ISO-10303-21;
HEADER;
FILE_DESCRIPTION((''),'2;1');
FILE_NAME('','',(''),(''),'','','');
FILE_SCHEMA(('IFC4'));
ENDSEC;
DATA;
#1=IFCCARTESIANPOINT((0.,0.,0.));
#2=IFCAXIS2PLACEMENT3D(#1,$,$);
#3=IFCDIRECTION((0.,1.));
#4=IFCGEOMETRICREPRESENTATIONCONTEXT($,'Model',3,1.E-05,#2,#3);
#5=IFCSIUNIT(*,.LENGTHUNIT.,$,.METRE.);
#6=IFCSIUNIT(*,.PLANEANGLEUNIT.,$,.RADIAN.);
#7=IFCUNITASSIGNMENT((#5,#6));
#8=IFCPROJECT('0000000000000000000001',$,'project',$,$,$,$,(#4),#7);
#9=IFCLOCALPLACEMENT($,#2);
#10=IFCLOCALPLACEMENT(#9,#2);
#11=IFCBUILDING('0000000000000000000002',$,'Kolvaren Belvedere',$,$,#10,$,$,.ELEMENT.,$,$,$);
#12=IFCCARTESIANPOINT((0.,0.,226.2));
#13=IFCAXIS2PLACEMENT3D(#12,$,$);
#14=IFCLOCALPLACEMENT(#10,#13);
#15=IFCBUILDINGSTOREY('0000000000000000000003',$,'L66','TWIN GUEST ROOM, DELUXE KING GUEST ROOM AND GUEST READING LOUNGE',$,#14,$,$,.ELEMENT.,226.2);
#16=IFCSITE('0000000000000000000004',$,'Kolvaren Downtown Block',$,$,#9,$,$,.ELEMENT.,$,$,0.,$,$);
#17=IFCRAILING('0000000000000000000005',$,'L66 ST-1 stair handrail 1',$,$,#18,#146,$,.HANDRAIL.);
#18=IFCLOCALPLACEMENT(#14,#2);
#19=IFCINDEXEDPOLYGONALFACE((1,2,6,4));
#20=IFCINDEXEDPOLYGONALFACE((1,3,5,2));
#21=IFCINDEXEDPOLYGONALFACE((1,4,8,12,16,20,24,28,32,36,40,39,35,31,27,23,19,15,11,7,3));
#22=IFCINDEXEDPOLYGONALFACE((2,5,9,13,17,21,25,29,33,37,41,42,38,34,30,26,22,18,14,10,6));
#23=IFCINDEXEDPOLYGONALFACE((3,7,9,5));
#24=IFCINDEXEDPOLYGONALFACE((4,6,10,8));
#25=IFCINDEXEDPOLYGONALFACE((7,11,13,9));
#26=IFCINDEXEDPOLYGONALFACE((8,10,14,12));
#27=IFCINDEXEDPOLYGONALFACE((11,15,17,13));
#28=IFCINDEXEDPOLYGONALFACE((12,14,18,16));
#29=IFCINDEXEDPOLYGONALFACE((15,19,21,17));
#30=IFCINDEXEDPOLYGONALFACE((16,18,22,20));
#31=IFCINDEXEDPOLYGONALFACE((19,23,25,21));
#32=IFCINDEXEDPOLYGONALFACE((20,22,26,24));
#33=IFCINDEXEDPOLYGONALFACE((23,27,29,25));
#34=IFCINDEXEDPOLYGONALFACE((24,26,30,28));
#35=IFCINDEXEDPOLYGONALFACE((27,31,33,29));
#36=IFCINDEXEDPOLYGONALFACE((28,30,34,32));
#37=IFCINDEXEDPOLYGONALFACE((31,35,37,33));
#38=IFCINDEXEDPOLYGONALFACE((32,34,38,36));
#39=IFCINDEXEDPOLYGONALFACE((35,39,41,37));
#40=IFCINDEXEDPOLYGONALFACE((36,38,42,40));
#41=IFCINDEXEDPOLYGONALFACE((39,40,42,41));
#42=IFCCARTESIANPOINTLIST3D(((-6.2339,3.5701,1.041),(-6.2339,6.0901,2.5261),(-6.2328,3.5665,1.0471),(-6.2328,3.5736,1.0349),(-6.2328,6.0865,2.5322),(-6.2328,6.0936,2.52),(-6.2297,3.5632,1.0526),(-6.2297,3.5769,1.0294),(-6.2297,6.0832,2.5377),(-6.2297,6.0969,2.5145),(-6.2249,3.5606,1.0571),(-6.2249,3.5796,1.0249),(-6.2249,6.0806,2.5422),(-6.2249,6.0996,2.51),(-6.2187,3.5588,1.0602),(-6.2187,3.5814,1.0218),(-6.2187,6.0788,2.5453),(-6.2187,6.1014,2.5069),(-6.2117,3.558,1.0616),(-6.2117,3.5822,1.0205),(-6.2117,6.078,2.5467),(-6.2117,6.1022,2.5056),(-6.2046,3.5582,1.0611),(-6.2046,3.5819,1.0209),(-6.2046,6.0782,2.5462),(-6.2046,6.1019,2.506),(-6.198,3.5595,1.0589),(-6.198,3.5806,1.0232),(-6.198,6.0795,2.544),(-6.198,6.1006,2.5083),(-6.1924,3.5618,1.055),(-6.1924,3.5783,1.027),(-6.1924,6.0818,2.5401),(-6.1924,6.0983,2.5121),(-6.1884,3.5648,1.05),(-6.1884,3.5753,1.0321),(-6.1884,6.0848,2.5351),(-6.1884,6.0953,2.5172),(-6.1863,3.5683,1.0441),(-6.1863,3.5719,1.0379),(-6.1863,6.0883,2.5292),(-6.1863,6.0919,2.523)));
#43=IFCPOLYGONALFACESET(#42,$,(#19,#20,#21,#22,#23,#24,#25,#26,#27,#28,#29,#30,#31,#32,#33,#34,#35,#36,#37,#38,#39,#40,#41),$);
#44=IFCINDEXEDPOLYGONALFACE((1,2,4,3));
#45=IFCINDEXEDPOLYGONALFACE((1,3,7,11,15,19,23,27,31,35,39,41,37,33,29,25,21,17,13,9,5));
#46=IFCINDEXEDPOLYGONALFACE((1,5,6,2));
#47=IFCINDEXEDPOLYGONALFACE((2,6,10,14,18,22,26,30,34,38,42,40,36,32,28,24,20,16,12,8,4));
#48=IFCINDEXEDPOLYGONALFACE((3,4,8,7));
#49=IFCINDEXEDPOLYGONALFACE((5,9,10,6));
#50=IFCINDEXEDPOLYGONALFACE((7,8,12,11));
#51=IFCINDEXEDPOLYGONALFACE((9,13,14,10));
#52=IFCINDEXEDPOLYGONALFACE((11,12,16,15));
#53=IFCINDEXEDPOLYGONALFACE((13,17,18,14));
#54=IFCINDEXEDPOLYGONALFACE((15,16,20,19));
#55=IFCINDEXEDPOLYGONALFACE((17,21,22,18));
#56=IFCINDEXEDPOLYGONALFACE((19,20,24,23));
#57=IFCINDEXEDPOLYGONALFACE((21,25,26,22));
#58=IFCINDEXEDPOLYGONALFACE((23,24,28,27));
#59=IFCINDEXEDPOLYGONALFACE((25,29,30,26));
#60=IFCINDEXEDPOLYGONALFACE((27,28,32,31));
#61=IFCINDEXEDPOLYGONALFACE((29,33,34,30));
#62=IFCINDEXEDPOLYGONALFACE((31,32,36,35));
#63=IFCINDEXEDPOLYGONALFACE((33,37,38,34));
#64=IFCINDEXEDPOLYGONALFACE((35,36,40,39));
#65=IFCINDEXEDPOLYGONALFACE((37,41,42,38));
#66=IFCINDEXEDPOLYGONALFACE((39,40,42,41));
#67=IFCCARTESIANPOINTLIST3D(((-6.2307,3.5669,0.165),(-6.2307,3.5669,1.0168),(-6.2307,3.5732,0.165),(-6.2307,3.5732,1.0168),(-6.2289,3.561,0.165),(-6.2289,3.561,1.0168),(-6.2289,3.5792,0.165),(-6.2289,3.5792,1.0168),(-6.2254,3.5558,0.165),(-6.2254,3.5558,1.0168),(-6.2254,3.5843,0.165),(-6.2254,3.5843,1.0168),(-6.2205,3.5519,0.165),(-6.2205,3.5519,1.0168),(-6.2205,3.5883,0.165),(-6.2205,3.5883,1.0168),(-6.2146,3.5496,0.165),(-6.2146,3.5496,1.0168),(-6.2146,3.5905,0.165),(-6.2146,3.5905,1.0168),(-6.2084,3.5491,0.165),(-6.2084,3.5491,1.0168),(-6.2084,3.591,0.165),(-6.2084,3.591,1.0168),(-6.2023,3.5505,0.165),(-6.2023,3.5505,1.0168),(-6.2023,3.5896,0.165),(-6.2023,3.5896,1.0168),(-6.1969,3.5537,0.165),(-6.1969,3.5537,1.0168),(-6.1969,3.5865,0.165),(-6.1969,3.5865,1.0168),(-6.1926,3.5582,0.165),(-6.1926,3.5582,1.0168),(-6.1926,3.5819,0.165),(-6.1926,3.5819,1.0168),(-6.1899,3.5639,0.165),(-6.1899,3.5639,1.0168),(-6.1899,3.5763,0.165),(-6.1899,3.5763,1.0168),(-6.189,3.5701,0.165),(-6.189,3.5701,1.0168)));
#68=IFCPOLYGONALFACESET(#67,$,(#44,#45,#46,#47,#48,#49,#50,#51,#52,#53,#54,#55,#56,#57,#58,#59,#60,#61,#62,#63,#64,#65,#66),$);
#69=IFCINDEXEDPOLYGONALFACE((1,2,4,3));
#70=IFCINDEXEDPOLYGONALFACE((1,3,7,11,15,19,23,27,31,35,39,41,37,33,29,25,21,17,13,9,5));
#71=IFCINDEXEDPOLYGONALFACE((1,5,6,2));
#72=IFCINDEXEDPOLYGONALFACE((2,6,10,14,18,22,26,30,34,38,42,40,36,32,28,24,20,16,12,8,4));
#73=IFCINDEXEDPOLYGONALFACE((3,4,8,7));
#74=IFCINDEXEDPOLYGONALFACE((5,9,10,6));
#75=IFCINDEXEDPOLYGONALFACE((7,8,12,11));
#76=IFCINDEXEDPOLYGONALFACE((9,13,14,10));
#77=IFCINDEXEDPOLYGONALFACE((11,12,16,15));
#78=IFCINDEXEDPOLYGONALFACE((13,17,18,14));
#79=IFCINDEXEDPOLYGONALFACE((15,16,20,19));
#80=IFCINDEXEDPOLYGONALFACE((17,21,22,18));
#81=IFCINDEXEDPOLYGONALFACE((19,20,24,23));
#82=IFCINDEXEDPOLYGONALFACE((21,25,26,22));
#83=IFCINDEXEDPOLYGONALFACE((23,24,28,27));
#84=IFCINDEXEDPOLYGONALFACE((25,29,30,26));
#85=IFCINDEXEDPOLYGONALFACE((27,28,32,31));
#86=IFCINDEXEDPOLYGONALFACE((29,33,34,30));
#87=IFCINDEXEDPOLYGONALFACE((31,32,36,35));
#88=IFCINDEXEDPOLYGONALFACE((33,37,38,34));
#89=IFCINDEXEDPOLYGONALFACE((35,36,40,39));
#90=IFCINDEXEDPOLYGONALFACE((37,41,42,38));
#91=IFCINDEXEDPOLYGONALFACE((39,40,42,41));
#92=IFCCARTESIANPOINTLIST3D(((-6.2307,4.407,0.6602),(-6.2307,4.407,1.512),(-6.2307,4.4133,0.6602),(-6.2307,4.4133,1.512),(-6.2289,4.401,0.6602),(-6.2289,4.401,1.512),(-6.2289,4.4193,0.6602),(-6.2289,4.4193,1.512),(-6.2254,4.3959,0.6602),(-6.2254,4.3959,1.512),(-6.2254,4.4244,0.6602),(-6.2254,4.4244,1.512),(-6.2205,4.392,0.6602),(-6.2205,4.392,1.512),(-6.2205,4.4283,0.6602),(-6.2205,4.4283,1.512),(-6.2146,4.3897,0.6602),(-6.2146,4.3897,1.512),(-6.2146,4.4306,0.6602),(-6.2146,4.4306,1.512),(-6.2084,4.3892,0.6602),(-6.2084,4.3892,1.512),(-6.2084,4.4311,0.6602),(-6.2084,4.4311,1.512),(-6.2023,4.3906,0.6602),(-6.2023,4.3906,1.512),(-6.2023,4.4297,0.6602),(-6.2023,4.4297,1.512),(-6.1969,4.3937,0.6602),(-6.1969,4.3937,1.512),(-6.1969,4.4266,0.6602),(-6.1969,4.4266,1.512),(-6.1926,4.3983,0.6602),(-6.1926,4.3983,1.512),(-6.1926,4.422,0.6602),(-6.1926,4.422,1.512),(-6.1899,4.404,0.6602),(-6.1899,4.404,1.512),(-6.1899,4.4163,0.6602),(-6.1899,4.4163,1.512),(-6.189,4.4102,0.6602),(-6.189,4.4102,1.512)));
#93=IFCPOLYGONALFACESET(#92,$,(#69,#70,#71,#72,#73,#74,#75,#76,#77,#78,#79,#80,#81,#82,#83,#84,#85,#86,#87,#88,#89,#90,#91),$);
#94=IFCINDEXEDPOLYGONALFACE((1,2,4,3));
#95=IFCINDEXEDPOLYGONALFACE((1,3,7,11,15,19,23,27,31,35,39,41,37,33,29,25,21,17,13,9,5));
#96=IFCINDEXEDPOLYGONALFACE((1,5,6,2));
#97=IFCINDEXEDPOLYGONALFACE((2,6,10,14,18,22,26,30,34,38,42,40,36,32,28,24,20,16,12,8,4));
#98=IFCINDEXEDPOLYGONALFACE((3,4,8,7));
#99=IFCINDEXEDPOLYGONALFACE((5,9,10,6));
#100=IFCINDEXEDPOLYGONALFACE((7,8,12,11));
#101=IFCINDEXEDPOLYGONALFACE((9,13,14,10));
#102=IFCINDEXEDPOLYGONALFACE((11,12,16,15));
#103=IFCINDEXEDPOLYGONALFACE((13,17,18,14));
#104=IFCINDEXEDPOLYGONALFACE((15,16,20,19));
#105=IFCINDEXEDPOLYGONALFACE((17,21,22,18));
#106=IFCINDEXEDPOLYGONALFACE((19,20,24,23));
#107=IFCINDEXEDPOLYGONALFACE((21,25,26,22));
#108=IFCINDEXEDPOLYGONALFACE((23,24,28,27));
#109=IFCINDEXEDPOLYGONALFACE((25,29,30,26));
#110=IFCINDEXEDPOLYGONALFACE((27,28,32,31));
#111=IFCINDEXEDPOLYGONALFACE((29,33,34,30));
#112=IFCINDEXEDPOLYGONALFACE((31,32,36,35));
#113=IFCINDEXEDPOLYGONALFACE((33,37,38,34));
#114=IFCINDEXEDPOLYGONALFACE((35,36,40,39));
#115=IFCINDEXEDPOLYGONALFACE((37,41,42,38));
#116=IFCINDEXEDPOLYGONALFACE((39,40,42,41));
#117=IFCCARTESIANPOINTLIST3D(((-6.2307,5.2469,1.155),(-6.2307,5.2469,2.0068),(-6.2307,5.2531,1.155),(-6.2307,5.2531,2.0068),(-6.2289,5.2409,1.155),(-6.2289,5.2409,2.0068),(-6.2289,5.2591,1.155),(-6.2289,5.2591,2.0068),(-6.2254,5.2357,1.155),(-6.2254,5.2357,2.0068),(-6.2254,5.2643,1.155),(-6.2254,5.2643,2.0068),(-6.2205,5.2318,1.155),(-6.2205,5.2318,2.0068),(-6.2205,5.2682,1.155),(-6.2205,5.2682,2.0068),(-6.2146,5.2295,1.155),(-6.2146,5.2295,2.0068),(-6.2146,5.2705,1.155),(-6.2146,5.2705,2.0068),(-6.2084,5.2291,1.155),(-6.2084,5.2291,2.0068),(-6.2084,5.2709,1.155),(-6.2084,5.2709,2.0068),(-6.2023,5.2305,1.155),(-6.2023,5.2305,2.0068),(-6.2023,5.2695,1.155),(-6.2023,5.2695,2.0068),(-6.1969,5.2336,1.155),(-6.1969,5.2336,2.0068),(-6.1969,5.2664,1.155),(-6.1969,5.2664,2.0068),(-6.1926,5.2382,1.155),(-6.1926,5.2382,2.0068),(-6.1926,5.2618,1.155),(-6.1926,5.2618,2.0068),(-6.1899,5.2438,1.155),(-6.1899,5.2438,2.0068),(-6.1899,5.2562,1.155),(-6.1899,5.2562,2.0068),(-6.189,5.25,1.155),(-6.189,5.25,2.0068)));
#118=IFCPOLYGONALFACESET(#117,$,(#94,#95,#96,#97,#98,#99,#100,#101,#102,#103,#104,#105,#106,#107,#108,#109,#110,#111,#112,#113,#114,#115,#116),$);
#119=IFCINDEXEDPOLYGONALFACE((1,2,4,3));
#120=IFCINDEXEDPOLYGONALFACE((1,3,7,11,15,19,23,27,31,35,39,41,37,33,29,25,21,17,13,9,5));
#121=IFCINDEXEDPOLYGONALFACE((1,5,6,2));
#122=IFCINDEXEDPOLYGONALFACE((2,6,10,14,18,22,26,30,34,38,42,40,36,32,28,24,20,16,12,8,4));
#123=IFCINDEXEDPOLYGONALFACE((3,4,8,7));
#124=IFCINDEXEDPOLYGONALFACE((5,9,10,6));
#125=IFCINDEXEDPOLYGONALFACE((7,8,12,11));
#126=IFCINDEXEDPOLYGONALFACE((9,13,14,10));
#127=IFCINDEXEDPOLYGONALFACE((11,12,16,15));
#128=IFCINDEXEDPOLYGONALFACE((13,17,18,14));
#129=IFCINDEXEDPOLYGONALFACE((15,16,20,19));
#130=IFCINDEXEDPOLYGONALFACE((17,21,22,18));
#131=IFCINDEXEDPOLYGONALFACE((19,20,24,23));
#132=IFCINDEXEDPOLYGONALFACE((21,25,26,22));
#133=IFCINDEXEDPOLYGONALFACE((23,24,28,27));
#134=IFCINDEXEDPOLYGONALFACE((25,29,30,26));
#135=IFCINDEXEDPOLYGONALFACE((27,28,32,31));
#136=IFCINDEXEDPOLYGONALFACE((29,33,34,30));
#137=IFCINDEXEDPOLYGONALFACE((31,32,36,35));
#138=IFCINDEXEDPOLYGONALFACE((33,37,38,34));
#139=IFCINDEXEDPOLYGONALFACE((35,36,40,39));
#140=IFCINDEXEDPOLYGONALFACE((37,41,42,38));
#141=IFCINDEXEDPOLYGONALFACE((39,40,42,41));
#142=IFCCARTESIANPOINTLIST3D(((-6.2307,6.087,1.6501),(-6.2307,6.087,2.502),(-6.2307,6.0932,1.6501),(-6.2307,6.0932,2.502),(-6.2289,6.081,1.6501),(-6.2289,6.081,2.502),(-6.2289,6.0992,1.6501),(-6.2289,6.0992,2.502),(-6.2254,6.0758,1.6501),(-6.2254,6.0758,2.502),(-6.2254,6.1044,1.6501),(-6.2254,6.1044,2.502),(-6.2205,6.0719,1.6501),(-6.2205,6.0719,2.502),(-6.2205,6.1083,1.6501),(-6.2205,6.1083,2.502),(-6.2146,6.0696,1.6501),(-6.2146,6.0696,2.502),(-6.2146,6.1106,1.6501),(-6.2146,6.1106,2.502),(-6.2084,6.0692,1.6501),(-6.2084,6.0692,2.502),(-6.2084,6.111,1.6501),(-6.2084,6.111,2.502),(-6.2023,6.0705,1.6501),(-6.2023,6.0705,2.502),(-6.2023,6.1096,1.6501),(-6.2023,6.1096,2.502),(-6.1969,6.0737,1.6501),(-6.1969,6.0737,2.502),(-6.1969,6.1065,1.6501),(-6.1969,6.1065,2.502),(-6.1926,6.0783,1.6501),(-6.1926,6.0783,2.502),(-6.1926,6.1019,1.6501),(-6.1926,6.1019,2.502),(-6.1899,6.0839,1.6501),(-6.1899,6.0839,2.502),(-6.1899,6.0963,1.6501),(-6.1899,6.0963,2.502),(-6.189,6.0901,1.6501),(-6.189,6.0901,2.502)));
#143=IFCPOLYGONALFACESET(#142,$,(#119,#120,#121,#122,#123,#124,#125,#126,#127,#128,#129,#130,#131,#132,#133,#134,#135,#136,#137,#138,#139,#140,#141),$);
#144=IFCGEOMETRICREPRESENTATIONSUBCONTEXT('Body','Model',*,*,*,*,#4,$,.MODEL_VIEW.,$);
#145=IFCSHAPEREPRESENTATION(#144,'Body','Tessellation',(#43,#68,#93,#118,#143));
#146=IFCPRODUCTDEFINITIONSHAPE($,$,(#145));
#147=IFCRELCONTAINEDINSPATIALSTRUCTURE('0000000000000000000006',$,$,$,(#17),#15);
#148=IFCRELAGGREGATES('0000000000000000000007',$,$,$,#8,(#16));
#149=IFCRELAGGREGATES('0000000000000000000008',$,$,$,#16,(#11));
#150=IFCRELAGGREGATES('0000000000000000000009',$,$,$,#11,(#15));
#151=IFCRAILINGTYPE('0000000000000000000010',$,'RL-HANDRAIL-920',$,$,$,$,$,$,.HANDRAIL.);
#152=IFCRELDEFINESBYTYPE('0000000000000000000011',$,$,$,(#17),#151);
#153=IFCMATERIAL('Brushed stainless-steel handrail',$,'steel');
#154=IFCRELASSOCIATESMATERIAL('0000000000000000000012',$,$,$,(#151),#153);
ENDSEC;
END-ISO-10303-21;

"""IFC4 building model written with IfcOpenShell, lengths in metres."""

from ifc_helpers import new_model, si_unit, direction, frame, origin, origin_2d, place, context, subcontext, project, spatial, circle, extrude, material, type_object, element, save


model = new_model("IFC4")

# Units and contexts
model_context = context("Model", 3, precision=1e-05, world=origin(), true_north=direction((0.0, 1.0)))
body_context = subcontext(model_context, "Body", "Model", "MODEL_VIEW")
ifc_project = project(units=[si_unit("LENGTHUNIT", "METRE"), si_unit("PLANEANGLEUNIT", "RADIAN")], contexts=[model_context])

# Site, building, storey
site_placement = place(None, origin())
site = spatial("IfcSite", under=ifc_project, at=site_placement, Name="Kolvaren Downtown Block", CompositionType="ELEMENT", RefElevation=0.0)
building_placement = place(site_placement, origin())
building = spatial("IfcBuilding", under=site, at=building_placement, Name="Kolvaren Belvedere", CompositionType="ELEMENT")
storey_placement = place(building_placement, frame((0.0, 0.0, 226.2)))
storey = spatial("IfcBuildingStorey", under=building, at=storey_placement, Name="L66", Description="TWIN GUEST ROOM, DELUXE KING GUEST ROOM AND GUEST READING LOUNGE", CompositionType="ELEMENT", Elevation=226.2)

# Railing
ifc_material_1 = material(Name="Brushed stainless-steel handrail", Category="steel")
railing_type_1 = type_object("IfcRailingType", Name="RL-HANDRAIL-920", PredefinedType="HANDRAIL", material=ifc_material_1)
railing_1_placement = place(storey_placement, frame((-6.21, 3.5701, 0.165)))
element("IfcRailing", 1, at=railing_1_placement, inside=storey, type_object=railing_type_1, Name="L66 ST-1 stair handrail 1", PredefinedType="HANDRAIL", context=body_context, shape_type="SweptSolid", body=[
    extrude(circle(Radius=0.0239, at=origin_2d()), frame((0.0, 0.0, 0.876), z_axis=(0.0, 0.861524, 0.507717), x_axis=(-1.0, 0.0, 0.0)), (0.0, 0.0, 1.0), 2.925),
    extrude(circle(Radius=0.021, at=origin_2d()), origin(), (0.0, 0.0, 1.0), 0.8518),
    extrude(circle(Radius=0.021, at=origin_2d()), frame((0.0, 0.8401, 0.4951)), (0.0, 0.0, 1.0), 0.8518),
    extrude(circle(Radius=0.021, at=origin_2d()), frame((0.0, 1.6799, 0.99)), (0.0, 0.0, 1.0), 0.8518),
    extrude(circle(Radius=0.021, at=origin_2d()), frame((0.0, 2.52, 1.4851)), (0.0, 0.0, 1.0), 0.8518),
])

save(model, "model.ifc")
